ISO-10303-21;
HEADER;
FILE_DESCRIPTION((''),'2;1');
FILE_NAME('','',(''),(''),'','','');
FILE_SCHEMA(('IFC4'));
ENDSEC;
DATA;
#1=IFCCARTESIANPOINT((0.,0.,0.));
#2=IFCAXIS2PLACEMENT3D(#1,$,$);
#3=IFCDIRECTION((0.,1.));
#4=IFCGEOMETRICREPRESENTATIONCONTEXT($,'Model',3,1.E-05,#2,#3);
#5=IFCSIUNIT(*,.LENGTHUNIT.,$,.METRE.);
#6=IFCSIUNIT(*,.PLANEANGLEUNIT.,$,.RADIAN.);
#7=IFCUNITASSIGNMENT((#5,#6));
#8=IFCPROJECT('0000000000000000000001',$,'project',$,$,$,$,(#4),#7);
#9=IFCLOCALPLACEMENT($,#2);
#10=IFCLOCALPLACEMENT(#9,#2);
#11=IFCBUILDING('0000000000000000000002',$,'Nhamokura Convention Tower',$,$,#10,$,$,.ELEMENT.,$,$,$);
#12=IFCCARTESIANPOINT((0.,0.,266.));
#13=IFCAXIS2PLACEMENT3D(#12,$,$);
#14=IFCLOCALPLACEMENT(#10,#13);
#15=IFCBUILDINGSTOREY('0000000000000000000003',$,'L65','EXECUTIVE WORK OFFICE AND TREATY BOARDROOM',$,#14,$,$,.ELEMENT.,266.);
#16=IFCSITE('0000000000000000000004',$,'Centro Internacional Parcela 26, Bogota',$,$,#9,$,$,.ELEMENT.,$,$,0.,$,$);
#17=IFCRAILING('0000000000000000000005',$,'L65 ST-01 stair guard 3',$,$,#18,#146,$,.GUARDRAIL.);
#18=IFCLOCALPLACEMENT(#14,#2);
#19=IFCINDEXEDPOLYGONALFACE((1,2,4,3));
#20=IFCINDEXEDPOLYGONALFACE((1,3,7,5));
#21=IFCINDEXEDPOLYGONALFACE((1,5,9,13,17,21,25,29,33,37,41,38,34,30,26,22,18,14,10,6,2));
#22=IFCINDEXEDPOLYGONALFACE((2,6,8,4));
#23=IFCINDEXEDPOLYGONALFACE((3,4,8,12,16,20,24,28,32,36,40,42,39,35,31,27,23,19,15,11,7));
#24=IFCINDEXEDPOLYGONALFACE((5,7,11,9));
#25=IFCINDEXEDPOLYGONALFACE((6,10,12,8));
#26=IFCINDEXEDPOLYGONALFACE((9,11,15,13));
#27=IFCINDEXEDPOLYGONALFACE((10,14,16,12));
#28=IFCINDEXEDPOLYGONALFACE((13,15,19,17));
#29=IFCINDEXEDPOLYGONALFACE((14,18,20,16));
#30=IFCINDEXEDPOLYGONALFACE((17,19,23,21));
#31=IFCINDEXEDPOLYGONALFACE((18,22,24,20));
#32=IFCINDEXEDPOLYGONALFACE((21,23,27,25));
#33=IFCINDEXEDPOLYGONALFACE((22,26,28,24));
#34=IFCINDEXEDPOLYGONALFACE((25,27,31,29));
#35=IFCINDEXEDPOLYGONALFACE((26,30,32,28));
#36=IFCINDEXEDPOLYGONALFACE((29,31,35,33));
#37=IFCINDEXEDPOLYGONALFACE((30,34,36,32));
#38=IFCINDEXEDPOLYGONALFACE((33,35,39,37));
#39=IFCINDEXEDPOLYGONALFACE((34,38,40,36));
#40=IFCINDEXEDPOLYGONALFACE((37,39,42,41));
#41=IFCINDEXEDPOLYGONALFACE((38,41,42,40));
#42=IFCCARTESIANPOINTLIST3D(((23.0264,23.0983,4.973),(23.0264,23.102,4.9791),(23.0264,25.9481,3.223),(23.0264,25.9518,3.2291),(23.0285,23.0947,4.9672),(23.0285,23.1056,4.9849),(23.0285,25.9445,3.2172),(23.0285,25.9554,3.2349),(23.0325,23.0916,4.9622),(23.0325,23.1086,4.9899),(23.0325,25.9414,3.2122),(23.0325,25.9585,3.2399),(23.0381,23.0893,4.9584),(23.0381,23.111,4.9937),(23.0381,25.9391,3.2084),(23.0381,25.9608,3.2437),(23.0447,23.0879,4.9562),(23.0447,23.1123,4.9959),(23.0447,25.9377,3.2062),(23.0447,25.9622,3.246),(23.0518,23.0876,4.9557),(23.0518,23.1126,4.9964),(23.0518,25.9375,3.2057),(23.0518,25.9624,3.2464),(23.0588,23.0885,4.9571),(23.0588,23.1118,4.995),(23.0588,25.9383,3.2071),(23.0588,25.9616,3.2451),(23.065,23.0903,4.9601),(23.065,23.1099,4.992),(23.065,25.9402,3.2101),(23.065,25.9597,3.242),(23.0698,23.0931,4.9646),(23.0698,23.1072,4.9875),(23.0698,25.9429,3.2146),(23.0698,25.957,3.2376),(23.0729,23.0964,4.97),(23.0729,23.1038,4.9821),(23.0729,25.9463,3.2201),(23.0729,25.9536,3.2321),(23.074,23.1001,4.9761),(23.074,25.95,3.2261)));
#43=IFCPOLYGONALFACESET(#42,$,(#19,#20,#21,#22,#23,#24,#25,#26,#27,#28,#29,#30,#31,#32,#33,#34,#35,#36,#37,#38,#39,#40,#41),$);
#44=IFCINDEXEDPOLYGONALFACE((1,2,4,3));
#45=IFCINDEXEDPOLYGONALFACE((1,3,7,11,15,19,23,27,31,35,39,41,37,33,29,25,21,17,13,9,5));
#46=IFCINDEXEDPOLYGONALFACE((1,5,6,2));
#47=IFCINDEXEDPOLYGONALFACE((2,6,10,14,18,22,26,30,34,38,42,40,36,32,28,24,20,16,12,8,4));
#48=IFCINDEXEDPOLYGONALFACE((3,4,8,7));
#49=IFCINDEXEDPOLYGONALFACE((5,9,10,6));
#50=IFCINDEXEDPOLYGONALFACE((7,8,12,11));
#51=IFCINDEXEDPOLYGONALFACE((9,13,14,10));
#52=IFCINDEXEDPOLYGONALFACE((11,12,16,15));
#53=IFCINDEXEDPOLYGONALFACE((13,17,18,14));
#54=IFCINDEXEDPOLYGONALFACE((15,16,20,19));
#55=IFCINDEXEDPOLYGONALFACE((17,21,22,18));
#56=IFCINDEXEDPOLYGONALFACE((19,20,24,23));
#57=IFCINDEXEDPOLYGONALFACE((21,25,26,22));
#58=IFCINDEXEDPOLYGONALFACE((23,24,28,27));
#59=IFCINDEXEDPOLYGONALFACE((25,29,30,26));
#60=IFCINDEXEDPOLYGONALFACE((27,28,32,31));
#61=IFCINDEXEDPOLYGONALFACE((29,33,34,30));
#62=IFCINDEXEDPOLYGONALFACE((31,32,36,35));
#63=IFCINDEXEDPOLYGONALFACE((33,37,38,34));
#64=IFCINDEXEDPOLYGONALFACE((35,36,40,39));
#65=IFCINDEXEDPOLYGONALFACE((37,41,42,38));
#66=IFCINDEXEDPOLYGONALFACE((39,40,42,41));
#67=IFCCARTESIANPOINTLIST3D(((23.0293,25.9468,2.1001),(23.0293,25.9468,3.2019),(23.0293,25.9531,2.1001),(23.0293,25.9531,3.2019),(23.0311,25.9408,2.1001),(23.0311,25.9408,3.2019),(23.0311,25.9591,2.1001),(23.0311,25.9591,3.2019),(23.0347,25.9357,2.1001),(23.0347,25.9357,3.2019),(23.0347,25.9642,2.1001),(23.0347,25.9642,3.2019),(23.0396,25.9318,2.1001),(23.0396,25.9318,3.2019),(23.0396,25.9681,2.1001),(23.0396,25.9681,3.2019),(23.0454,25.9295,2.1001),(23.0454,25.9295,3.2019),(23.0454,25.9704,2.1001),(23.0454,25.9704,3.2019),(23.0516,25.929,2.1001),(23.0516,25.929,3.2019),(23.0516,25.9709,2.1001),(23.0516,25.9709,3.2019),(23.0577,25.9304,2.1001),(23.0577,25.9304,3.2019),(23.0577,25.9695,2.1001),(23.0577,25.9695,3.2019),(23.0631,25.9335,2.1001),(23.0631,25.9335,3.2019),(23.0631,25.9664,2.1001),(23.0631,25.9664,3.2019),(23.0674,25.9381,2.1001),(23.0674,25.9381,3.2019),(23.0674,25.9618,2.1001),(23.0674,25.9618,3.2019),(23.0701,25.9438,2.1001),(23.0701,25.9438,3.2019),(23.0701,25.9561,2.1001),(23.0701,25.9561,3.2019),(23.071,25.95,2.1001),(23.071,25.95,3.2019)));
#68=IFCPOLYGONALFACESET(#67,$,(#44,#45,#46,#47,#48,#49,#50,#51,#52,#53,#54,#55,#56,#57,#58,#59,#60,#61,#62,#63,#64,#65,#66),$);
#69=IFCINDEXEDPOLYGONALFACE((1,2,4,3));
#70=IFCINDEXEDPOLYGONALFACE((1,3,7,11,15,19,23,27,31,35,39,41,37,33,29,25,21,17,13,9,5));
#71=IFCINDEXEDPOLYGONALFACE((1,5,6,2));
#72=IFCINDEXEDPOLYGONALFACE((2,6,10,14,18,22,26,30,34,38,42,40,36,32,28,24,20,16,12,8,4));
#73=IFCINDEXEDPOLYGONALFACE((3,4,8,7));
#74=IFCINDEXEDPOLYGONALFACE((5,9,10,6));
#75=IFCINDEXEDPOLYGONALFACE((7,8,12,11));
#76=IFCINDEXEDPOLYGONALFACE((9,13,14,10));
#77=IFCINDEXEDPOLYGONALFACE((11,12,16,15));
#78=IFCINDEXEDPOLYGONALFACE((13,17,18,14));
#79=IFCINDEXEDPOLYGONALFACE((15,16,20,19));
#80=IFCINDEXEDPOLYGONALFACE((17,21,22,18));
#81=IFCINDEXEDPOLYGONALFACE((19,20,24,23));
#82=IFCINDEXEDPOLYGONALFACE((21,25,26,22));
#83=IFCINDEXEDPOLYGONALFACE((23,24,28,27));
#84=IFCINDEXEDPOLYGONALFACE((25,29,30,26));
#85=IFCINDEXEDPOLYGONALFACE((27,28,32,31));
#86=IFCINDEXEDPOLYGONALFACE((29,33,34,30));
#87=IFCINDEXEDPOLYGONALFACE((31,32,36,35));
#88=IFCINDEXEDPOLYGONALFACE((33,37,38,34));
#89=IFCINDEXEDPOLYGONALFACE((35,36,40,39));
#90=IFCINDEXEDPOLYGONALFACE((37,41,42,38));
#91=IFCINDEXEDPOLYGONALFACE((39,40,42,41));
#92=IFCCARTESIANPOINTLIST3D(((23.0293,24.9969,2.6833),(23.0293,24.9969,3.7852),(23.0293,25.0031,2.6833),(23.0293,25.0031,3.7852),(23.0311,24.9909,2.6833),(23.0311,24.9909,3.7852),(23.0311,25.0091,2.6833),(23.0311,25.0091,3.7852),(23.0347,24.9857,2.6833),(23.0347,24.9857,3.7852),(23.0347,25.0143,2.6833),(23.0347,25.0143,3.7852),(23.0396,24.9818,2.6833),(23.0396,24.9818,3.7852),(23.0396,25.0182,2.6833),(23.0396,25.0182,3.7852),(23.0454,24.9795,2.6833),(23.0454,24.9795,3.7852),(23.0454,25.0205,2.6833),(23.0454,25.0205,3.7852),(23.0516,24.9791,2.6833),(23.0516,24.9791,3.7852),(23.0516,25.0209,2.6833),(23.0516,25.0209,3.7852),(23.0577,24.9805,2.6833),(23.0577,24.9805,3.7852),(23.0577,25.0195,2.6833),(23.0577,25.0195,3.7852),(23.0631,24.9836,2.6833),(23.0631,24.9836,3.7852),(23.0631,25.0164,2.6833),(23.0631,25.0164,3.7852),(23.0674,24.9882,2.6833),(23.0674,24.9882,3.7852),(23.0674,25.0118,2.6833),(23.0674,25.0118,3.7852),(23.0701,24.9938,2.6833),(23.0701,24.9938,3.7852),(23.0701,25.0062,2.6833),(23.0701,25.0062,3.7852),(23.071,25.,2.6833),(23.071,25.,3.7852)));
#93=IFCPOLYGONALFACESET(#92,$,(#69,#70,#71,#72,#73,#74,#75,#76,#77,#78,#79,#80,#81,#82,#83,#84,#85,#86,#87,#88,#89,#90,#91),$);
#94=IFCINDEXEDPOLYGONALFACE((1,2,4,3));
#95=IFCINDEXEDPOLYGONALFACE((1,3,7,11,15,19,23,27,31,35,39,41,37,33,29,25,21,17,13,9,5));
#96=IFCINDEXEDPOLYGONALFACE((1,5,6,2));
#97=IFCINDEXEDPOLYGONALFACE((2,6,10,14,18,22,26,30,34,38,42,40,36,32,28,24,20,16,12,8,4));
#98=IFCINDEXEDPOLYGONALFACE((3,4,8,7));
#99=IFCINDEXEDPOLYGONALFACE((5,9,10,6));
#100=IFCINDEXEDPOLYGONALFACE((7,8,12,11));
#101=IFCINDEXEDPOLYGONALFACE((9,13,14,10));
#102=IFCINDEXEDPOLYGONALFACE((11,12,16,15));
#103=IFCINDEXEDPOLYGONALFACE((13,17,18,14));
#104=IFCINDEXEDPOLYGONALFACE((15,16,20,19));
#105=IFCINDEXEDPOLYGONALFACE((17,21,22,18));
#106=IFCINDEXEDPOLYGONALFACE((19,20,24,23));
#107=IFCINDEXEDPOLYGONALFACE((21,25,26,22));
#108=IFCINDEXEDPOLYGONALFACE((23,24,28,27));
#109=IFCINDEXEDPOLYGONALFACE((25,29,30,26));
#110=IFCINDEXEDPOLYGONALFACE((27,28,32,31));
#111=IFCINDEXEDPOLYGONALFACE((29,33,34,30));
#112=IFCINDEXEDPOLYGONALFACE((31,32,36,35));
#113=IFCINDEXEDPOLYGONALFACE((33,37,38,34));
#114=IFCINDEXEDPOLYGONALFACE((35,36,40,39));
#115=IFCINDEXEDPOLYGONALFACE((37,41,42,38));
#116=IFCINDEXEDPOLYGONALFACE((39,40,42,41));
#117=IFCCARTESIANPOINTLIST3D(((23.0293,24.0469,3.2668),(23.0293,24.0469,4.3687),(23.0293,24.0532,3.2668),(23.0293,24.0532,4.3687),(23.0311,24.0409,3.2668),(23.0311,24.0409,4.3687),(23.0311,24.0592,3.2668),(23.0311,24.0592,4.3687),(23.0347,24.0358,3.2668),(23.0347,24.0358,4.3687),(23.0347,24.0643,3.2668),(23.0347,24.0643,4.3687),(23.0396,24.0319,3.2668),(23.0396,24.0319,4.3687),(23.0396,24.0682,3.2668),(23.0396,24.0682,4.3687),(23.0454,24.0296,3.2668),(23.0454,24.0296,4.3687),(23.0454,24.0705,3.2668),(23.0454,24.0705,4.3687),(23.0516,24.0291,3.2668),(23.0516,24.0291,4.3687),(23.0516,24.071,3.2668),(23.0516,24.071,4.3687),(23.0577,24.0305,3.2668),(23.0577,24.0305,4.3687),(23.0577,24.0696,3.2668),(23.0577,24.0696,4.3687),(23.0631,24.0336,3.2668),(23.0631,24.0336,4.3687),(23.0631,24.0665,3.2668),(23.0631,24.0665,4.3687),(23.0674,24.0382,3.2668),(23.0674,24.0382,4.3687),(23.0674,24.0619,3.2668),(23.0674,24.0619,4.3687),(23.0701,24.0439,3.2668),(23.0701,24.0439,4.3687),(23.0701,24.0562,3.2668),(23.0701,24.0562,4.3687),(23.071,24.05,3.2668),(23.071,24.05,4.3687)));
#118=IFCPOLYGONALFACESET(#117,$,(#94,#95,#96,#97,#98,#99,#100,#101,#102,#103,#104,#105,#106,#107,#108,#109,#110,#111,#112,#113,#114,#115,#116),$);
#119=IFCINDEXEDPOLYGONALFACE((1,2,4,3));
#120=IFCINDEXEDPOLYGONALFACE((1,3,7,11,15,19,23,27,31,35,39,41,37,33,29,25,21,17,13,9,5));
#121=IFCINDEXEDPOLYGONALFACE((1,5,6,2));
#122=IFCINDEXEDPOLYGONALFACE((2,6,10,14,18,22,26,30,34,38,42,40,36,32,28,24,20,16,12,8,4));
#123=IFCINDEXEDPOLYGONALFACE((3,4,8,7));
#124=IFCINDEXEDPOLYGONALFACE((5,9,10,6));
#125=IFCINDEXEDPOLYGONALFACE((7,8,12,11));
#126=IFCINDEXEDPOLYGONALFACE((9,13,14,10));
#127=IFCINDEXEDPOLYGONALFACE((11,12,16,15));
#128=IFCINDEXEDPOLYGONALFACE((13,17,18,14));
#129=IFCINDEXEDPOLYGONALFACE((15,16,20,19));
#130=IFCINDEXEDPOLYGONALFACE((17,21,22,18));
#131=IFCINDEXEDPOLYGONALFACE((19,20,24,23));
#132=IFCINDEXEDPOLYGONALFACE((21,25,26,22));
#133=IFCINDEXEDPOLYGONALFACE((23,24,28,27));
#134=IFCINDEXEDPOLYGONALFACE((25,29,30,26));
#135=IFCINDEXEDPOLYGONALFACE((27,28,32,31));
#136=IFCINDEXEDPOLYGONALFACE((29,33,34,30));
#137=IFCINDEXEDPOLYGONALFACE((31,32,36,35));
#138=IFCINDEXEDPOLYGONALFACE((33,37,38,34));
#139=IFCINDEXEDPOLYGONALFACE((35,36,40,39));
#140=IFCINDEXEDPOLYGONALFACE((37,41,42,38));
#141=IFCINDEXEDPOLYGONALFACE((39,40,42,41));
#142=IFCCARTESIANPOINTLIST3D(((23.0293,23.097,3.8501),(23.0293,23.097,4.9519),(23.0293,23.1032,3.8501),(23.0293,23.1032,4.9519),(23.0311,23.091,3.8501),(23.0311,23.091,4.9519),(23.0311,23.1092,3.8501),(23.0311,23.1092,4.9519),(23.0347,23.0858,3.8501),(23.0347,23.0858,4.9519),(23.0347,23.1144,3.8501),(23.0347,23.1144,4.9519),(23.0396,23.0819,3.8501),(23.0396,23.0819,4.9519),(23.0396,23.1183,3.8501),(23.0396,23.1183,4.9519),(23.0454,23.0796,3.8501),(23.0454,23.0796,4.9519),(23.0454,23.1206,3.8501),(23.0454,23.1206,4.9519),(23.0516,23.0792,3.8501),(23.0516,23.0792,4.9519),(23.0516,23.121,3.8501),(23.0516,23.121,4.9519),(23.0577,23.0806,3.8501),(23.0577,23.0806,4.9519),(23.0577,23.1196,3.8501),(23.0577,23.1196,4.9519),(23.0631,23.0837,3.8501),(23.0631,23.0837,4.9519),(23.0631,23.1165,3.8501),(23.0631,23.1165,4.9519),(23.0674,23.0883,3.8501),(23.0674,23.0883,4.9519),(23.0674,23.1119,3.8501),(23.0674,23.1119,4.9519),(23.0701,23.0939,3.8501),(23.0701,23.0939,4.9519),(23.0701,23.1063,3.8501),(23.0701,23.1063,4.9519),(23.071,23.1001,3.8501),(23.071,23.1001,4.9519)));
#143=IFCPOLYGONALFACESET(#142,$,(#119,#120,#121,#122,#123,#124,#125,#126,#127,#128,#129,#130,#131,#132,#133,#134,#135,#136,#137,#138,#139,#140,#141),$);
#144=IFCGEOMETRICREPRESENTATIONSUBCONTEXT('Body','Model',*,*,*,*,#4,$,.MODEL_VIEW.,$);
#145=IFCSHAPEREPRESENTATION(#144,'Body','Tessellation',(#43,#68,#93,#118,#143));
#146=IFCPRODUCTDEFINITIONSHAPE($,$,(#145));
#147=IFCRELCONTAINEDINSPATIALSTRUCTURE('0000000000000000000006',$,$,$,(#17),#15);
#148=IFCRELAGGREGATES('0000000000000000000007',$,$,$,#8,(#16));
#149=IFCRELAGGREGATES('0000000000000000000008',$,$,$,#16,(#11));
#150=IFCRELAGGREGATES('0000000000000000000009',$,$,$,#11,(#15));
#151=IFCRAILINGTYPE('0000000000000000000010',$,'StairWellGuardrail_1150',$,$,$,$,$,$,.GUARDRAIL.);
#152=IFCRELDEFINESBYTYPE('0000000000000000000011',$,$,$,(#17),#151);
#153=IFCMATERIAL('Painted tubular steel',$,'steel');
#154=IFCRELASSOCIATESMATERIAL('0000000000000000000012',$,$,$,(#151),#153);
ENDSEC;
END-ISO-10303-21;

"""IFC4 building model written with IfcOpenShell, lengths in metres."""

from ifc_helpers import new_model, si_unit, direction, frame, origin, origin_2d, place, context, subcontext, project, spatial, circle, extrude, material, type_object, element, save


model = new_model("IFC4")

# Units and contexts
model_context = context("Model", 3, precision=1e-05, world=origin(), true_north=direction((0.0, 1.0)))
body_context = subcontext(model_context, "Body", "Model", "MODEL_VIEW")
ifc_project = project(units=[si_unit("LENGTHUNIT", "METRE"), si_unit("PLANEANGLEUNIT", "RADIAN")], contexts=[model_context])

# Site, building, storey
site_placement = place(None, origin())
site = spatial("IfcSite", under=ifc_project, at=site_placement, Name="Centro Internacional Parcela 26, Bogota", CompositionType="ELEMENT", RefElevation=0.0)
building_placement = place(site_placement, origin())
building = spatial("IfcBuilding", under=site, at=building_placement, Name="Nhamokura Convention Tower", CompositionType="ELEMENT")
storey_placement = place(building_placement, frame((0.0, 0.0, 266.0)))
storey = spatial("IfcBuildingStorey", under=building, at=storey_placement, Name="L65", Description="EXECUTIVE WORK OFFICE AND TREATY BOARDROOM", CompositionType="ELEMENT", Elevation=266.0)

# Railing
ifc_material_1 = material(Name="Painted tubular steel", Category="steel")
railing_type_1 = type_object("IfcRailingType", Name="StairWellGuardrail_1150", PredefinedType="GUARDRAIL", material=ifc_material_1)
railing_1_placement = place(storey_placement, frame((23.05, 25.95, 2.1001)))
element("IfcRailing", 1, at=railing_1_placement, inside=storey, type_object=railing_type_1, Name="L65 ST-01 stair guard 3", PredefinedType="GUARDRAIL", context=body_context, shape_type="SweptSolid", body=[
    extrude(circle(Radius=0.0239, at=origin_2d()), frame((0.0, 0.0, 1.126), z_axis=(0.0, -0.852159, 0.523283), x_axis=(1.0, 0.0, 0.0)), (0.0, 0.0, 1.0), 3.3442),
    extrude(circle(Radius=0.021, at=origin_2d()), origin(), (0.0, 0.0, 1.0), 1.1018),
    extrude(circle(Radius=0.021, at=origin_2d()), frame((0.0, -0.95, 0.5833)), (0.0, 0.0, 1.0), 1.1018),
    extrude(circle(Radius=0.021, at=origin_2d()), frame((0.0, -1.8999, 1.1667)), (0.0, 0.0, 1.0), 1.1018),
    extrude(circle(Radius=0.021, at=origin_2d()), frame((0.0, -2.8499, 1.75)), (0.0, 0.0, 1.0), 1.1018),
])

save(model, "model.ifc")
